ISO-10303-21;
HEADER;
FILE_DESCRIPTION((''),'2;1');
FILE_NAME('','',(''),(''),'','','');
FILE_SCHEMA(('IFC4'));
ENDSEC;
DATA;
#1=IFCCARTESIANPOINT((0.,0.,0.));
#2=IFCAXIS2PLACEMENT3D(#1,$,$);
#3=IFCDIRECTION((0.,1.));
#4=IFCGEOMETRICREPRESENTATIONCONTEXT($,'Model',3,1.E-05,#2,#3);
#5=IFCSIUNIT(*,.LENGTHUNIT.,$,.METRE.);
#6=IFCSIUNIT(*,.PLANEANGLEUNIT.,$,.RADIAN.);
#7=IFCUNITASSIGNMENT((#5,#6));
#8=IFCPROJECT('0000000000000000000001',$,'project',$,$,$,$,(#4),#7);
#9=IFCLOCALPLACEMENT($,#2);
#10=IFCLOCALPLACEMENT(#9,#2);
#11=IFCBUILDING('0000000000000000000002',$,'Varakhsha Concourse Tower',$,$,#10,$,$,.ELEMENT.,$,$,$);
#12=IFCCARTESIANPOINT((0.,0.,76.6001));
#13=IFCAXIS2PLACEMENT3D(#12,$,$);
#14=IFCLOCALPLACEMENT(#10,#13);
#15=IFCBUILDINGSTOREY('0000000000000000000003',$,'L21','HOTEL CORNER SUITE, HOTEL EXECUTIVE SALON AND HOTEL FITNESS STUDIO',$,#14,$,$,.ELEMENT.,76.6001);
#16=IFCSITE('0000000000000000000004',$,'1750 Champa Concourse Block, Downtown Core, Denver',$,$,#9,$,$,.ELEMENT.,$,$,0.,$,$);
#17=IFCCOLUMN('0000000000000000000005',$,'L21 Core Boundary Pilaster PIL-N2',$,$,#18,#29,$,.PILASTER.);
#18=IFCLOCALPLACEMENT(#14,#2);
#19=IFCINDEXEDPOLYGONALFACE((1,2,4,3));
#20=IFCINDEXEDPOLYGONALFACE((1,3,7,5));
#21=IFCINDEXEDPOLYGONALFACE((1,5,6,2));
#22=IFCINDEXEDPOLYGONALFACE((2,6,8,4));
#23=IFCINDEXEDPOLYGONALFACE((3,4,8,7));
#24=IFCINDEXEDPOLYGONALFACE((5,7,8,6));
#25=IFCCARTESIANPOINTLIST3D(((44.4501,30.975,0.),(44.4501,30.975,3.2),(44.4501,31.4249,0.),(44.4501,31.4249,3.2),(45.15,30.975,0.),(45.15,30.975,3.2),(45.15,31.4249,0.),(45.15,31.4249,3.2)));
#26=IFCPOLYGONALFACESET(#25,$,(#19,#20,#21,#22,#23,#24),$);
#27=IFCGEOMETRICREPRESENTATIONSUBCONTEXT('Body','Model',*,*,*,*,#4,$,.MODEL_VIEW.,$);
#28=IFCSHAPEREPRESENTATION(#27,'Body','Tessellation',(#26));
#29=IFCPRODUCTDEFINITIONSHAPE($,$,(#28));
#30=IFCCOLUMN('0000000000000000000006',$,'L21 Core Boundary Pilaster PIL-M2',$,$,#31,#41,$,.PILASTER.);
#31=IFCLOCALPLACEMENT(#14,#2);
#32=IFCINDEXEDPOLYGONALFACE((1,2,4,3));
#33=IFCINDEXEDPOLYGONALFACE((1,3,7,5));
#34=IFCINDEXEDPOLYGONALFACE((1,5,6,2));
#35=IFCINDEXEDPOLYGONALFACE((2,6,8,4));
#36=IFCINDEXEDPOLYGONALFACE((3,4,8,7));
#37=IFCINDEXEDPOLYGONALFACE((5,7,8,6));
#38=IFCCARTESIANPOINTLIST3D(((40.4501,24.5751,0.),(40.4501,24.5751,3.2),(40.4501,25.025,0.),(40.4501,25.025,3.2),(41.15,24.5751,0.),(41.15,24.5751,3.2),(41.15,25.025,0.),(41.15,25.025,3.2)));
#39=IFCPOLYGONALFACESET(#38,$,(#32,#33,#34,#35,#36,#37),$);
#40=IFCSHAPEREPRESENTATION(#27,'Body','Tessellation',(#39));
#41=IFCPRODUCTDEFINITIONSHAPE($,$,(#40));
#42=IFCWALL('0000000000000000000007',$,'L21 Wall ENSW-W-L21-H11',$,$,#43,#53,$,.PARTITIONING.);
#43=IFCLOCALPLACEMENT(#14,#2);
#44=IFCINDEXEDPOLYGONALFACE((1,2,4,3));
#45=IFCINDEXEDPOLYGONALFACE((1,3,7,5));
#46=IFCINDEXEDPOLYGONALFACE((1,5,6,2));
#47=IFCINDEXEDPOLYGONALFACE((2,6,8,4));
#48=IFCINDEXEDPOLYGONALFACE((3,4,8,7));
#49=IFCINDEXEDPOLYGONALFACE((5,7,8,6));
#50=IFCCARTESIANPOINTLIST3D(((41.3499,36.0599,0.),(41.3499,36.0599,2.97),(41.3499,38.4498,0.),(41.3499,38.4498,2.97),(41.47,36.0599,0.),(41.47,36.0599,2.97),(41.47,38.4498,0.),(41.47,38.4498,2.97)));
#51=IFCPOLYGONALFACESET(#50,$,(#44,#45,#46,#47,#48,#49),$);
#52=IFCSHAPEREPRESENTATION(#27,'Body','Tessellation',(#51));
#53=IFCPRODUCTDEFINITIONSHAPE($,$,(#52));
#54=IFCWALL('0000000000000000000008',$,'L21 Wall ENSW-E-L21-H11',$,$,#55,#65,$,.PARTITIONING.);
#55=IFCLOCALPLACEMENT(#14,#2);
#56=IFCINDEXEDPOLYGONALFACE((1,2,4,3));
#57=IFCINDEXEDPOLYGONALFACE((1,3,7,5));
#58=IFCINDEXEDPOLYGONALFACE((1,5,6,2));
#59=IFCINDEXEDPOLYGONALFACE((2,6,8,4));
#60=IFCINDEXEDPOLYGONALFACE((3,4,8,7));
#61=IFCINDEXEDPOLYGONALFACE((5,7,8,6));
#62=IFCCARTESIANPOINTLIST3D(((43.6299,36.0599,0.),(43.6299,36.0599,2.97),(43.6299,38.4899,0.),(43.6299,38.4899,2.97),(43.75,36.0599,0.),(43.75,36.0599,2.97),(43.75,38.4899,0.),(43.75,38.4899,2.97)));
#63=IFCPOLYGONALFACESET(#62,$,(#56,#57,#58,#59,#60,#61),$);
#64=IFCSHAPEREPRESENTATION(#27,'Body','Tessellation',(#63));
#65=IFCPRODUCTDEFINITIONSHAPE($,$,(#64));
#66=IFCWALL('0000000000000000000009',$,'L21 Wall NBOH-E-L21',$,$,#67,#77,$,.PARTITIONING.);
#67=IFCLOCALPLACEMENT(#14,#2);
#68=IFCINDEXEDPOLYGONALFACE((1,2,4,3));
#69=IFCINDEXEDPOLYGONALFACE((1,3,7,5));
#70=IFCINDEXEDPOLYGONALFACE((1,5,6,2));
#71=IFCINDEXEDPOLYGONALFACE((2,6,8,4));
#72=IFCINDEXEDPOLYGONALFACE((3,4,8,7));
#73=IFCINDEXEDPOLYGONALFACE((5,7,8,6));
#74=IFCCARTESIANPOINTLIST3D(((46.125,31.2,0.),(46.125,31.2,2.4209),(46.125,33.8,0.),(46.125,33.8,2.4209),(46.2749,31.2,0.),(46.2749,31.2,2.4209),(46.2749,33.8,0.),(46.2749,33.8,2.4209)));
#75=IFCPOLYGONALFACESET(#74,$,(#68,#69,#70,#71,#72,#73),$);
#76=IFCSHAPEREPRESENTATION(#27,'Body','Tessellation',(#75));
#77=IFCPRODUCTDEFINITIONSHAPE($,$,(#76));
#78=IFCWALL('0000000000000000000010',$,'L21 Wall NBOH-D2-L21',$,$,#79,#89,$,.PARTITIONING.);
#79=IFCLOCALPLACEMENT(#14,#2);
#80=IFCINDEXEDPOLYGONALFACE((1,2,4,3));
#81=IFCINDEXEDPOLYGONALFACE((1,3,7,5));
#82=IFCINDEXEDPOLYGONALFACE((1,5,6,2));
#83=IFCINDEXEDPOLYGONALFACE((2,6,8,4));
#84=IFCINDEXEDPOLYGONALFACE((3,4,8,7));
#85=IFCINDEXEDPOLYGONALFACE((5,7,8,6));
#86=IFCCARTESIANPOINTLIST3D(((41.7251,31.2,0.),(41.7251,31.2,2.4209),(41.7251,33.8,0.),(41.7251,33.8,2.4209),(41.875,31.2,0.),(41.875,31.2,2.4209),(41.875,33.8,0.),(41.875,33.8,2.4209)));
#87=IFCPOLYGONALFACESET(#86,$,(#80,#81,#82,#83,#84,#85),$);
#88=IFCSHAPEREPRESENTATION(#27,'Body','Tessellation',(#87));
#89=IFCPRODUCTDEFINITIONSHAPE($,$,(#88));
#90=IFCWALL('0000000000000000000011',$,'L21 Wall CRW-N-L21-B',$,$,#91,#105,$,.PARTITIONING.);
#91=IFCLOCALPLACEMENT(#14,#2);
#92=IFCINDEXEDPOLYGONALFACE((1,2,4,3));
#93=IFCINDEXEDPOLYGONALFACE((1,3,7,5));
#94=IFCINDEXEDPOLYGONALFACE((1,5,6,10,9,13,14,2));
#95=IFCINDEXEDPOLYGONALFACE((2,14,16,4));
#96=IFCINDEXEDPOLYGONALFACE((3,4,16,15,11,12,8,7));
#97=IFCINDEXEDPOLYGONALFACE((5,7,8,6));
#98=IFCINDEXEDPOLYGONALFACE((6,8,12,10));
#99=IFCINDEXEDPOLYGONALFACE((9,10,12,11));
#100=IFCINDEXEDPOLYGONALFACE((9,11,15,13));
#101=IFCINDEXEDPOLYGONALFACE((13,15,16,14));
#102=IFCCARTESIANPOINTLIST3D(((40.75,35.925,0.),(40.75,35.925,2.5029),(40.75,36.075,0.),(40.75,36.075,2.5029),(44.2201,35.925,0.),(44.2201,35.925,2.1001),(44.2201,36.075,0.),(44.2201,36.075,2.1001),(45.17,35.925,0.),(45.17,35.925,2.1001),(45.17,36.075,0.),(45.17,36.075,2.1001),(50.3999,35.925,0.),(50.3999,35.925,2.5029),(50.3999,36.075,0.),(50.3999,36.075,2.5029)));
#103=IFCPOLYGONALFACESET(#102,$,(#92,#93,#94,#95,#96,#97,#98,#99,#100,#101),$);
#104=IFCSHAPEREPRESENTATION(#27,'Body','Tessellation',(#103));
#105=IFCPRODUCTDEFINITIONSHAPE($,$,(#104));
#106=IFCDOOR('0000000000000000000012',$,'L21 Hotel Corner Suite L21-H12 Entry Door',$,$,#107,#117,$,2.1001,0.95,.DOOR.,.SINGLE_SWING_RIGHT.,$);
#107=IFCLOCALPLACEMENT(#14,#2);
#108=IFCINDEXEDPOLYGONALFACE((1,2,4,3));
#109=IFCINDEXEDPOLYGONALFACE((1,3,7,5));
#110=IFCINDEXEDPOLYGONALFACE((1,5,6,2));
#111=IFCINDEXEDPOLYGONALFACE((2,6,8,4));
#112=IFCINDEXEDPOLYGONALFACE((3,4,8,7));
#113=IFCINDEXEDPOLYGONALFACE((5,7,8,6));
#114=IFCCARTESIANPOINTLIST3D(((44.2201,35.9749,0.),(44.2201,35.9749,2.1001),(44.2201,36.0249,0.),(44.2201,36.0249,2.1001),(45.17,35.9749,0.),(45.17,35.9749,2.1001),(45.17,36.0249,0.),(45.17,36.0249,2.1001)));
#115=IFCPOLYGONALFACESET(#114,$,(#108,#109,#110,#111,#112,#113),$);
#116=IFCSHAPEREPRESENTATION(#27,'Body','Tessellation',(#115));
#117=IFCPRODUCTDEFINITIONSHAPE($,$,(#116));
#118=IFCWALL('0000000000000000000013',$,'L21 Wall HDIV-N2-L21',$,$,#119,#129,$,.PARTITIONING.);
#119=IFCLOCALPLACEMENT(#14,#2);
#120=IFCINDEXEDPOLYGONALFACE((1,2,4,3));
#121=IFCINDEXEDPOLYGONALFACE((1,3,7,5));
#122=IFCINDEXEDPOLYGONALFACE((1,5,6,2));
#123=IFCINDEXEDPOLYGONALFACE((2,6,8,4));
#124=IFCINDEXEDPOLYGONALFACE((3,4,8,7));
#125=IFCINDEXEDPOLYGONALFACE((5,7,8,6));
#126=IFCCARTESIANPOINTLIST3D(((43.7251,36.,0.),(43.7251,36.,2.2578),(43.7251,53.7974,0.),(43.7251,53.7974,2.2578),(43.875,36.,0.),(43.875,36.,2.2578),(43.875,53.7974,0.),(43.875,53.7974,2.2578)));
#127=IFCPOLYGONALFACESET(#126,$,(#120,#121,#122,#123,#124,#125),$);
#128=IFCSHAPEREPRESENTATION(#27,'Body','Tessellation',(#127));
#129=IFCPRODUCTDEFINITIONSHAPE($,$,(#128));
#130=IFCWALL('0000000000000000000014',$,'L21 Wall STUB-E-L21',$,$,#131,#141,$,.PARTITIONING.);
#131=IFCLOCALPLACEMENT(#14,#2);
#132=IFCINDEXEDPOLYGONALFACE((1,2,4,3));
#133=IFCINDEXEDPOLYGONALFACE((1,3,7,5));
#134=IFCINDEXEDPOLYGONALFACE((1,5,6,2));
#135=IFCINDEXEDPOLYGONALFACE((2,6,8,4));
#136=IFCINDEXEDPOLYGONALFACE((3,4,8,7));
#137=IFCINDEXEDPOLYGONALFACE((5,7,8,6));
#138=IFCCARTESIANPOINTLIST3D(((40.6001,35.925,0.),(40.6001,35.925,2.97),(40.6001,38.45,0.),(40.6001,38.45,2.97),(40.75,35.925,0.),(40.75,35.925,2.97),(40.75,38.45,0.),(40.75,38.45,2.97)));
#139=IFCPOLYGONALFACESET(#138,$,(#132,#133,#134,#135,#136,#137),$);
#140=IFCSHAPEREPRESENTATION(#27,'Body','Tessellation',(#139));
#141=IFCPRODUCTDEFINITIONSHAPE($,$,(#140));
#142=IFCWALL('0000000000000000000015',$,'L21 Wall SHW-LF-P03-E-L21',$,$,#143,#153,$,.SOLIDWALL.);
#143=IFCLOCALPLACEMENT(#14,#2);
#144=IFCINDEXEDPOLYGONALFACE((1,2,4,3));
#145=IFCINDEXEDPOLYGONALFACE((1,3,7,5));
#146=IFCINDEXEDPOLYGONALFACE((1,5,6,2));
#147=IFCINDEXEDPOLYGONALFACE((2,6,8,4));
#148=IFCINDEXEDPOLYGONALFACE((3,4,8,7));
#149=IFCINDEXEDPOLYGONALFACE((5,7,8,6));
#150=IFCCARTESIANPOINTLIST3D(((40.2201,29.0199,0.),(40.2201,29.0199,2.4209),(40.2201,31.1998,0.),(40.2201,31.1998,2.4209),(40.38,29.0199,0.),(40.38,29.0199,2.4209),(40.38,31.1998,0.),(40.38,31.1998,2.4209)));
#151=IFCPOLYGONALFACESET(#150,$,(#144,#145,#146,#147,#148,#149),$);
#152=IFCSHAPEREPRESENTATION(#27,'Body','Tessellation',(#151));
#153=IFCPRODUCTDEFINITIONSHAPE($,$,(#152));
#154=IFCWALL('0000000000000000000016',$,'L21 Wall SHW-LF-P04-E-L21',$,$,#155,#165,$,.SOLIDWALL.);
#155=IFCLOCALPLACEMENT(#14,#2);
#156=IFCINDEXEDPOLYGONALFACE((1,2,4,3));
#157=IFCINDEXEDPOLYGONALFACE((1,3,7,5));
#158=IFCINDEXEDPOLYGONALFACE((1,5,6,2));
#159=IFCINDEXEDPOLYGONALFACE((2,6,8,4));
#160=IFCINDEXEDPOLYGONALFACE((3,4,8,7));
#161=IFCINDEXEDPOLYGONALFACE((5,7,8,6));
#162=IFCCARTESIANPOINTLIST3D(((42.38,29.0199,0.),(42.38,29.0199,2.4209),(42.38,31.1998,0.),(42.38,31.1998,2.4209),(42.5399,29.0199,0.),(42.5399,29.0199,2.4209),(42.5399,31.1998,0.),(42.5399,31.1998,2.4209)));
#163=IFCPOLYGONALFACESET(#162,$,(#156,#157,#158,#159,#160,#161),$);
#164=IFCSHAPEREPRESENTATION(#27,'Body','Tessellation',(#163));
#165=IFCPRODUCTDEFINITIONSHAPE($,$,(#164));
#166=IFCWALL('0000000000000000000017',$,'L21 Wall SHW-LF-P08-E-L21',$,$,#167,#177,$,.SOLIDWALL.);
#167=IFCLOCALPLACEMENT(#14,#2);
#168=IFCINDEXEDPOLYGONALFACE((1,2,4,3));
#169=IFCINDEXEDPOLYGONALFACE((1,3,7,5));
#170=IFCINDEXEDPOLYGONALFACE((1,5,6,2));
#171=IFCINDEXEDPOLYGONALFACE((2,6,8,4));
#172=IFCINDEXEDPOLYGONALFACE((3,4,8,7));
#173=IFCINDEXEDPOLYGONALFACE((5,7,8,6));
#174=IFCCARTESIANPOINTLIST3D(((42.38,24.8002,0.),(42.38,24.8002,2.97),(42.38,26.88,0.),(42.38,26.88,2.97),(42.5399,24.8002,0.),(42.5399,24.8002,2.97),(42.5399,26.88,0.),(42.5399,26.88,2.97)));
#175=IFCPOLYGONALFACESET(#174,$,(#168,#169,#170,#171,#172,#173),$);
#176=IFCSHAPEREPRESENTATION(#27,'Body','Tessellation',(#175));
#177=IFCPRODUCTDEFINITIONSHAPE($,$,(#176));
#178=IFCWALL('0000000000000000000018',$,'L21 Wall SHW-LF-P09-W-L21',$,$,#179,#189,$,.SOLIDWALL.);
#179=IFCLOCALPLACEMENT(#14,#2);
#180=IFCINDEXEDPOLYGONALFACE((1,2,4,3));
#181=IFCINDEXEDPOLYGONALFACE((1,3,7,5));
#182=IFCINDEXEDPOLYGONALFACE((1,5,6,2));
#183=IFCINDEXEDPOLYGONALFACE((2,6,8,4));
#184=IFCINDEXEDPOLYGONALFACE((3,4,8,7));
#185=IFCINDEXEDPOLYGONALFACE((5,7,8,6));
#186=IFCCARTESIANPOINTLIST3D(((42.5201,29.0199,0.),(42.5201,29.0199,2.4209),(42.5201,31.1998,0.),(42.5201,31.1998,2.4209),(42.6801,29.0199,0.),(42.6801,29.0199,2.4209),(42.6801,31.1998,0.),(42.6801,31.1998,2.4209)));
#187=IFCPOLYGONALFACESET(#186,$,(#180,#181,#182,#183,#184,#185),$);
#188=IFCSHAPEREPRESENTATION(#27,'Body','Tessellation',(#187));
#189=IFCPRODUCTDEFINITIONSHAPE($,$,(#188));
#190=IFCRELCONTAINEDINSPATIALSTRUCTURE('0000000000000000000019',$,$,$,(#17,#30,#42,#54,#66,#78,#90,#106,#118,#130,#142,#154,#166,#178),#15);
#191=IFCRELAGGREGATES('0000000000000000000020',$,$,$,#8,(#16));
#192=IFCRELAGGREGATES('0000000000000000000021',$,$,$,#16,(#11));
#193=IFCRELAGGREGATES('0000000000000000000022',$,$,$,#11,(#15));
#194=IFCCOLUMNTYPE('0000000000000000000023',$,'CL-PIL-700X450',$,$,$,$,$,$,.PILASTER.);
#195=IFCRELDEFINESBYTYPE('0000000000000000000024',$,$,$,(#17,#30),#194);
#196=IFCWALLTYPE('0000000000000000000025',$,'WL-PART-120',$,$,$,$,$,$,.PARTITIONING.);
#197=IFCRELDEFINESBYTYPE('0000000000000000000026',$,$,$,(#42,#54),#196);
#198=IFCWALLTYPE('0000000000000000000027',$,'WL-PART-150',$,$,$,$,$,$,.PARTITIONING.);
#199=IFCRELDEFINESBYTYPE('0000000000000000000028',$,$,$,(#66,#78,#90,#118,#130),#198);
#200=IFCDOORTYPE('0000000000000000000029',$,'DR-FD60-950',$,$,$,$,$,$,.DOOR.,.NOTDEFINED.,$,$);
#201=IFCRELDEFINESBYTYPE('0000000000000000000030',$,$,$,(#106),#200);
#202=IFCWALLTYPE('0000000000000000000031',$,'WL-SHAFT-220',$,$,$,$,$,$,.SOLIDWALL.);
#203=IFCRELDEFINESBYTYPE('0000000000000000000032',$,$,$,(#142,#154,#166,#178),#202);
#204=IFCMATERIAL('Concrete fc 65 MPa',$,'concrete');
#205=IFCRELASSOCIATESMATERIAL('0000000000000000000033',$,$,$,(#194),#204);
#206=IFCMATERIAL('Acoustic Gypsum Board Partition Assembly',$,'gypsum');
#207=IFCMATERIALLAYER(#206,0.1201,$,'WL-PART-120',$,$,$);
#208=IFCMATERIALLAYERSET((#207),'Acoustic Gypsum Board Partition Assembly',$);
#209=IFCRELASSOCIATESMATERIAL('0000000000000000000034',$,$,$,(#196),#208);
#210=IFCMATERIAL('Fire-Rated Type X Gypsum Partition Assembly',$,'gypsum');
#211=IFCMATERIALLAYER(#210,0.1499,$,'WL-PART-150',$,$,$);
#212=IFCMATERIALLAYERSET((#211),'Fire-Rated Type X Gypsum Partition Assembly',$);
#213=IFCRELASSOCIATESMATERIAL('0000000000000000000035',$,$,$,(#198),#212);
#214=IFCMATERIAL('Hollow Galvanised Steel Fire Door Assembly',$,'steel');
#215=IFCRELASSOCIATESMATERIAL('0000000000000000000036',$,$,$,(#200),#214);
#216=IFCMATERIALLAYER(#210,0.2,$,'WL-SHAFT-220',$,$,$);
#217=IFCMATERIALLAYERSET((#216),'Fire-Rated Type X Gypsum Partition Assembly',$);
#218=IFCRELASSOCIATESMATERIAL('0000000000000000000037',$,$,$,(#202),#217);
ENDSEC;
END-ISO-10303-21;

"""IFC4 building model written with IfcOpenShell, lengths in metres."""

from ifc_helpers import new_model, si_unit, direction, frame, frame_2d, origin, origin_2d, place, context, subcontext, project, spatial, rectangle, extrude, material, layer, layer_set, material_profile, profile_set, type_object, element, fill, save


model = new_model("IFC4")

# Units and contexts
model_context = context("Model", 3, precision=1e-05, world=origin(), true_north=direction((0.0, 1.0)))
body_context = subcontext(model_context, "Body", "Model", "MODEL_VIEW")
ifc_project = project(units=[si_unit("LENGTHUNIT", "METRE"), si_unit("PLANEANGLEUNIT", "RADIAN")], contexts=[model_context])

# Site, building, storey
site_placement = place(None, origin())
site = spatial("IfcSite", under=ifc_project, at=site_placement, Name="1750 Champa Concourse Block, Downtown Core, Denver", CompositionType="ELEMENT", RefElevation=0.0)
building_placement = place(site_placement, origin())
building = spatial("IfcBuilding", under=site, at=building_placement, Name="Varakhsha Concourse Tower", CompositionType="ELEMENT")
storey_placement = place(building_placement, frame((0.0, 0.0, 76.6001)))
storey = spatial("IfcBuildingStorey", under=building, at=storey_placement, Name="L21", Description="HOTEL CORNER SUITE, HOTEL EXECUTIVE SALON AND HOTEL FITNESS STUDIO", CompositionType="ELEMENT", Elevation=76.6001)

# Columns
ifc_material_1 = material(Name="Concrete fc 65 MPa", Category="concrete")
ifc_material_profile = material_profile(ifc_material_1, rectangle(XDim=0.7, YDim=0.45, at=origin_2d()), Name="RC 700x450")
ifc_profile_set = profile_set([ifc_material_profile], Name="Concrete fc 65 MPa")
column_type = type_object("IfcColumnType", Name="CL-PIL-700X450", PredefinedType="PILASTER", material=ifc_profile_set)
for number, where, z_axis, x_axis, name in (
    (1, (44.8, 31.2, 0.0), (0.0, 0.0, 1.0), (1.0, 0.0, 0.0), "L21 Core Boundary Pilaster PIL-N2"),
    (2, (40.8, 24.8, 0.0), (0.0, 0.0, 1.0), (1.0, 0.0, 0.0), "L21 Core Boundary Pilaster PIL-M2"),
):
    element("IfcColumn", number, at=place(storey_placement, frame(where, z_axis=z_axis, x_axis=x_axis)), inside=storey, type_object=column_type, Name=name, PredefinedType="PILASTER", context=body_context, shape_type="SweptSolid", body=[
        extrude(rectangle(XDim=0.7, YDim=0.45, at=origin_2d()), origin(), (0.0, 0.0, 1.0), 3.2),
    ])

# Walls
ifc_material_2 = material(Name="Acoustic Gypsum Board Partition Assembly", Category="gypsum")
ifc_layer_1 = layer(ifc_material_2, 0.1201, Name="WL-PART-120")
ifc_layer_set_1 = layer_set([ifc_layer_1], Name="Acoustic Gypsum Board Partition Assembly")
wall_type_1 = type_object("IfcWallType", Name="WL-PART-120", PredefinedType="PARTITIONING", material=ifc_layer_set_1)
wall_1_placement = place(storey_placement, frame((41.4099, 36.0601, 0.0), z_axis=(0.0, 0.0, 1.0), x_axis=(0.0, 1.0, 0.0)))
element("IfcWall", 3, at=wall_1_placement, inside=storey, type_object=wall_type_1, Name="L21 Wall ENSW-W-L21-H11", PredefinedType="PARTITIONING", context=body_context, shape_type="SweptSolid", body=[
    extrude(rectangle(XDim=2.3899, YDim=0.1201, at=frame_2d((1.1948, 0.0))), origin(), (0.0, 0.0, 1.0), 2.97),
])
wall_2_placement = place(storey_placement, frame((43.6899, 36.0601, 0.0), z_axis=(0.0, 0.0, 1.0), x_axis=(0.0, 1.0, 0.0)))
element("IfcWall", 4, at=wall_2_placement, inside=storey, type_object=wall_type_1, Name="L21 Wall ENSW-E-L21-H11", PredefinedType="PARTITIONING", context=body_context, shape_type="SweptSolid", body=[
    extrude(rectangle(XDim=2.4299, YDim=0.1201, at=frame_2d((1.2148, 0.0))), origin(), (0.0, 0.0, 1.0), 2.97),
])
ifc_material_3 = material(Name="Fire-Rated Type X Gypsum Partition Assembly", Category="gypsum")
ifc_layer_2 = layer(ifc_material_3, 0.1499, Name="WL-PART-150")
ifc_layer_set_2 = layer_set([ifc_layer_2], Name="Fire-Rated Type X Gypsum Partition Assembly")
wall_type_2 = type_object("IfcWallType", Name="WL-PART-150", PredefinedType="PARTITIONING", material=ifc_layer_set_2)
for number, where, z_axis, x_axis, name in (
    (5, (46.2, 31.2, 0.0), (0.0, 0.0, 1.0), (0.0, 1.0, 0.0), "L21 Wall NBOH-E-L21"),
    (6, (41.8, 31.2, 0.0), (0.0, 0.0, 1.0), (0.0, 1.0, 0.0), "L21 Wall NBOH-D2-L21"),
):
    element("IfcWall", number, at=place(storey_placement, frame(where, z_axis=z_axis, x_axis=x_axis)), inside=storey, type_object=wall_type_2, Name=name, PredefinedType="PARTITIONING", context=body_context, shape_type="SweptSolid", body=[
        extrude(rectangle(XDim=2.6001, YDim=0.1499, at=frame_2d((1.3, 0.0))), origin(), (0.0, 0.0, 1.0), 2.4209),
    ])

# Wall, opening, door
wall_3_placement = place(storey_placement, frame((40.75, 36.0, 0.0), z_axis=(0.0, 0.0, 1.0), x_axis=(1.0, 0.0, 0.0)))
wall_3 = element("IfcWall", 7, at=wall_3_placement, inside=storey, type_object=wall_type_2, Name="L21 Wall CRW-N-L21-B", PredefinedType="PARTITIONING", context=body_context, shape_type="SweptSolid", body=[
    extrude(rectangle(XDim=9.6499, YDim=0.1499, at=frame_2d((4.825, 0.0))), origin(), (0.0, 0.0, 1.0), 2.5029),
])
opening_placement = place(wall_3_placement, frame((3.47, 0.0, 0.0)))
opening = element("IfcOpeningElement", 8, at=opening_placement, cuts=wall_3, PredefinedType="OPENING", context=body_context, shape_type="SweptSolid", body=[
    extrude(rectangle(XDim=0.95, YDim=2.1001, at=frame_2d((0.4751, 1.05))), frame((0.0, 0.085, 0.0), z_axis=(0.0, -1.0, 0.0), x_axis=(1.0, 0.0, 0.0)), (0.0, 0.0, 1.0), 0.1699),
])
ifc_material_4 = material(Name="Hollow Galvanised Steel Fire Door Assembly", Category="steel")
door_type = type_object("IfcDoorType", Name="DR-FD60-950", OperationType="NOTDEFINED", PredefinedType="DOOR", material=ifc_material_4)
door_placement = place(opening_placement, origin())
door = element("IfcDoor", 9, at=door_placement, inside=storey, type_object=door_type, Name="L21 Hotel Corner Suite L21-H12 Entry Door", OperationType="SINGLE_SWING_RIGHT", OverallHeight=2.1001, OverallWidth=0.95, PredefinedType="DOOR", context=body_context, shape_type="SweptSolid", body=[
    extrude(rectangle(XDim=0.95, YDim=2.1001, at=frame_2d((0.4751, 1.05))), frame((0.0, 0.0249, 0.0), z_axis=(0.0, -1.0, 0.0), x_axis=(1.0, 0.0, 0.0)), (0.0, 0.0, 1.0), 0.05),
])
fill(opening, door)

# Walls
wall_4_placement = place(storey_placement, frame((43.8, 36.0, 0.0), z_axis=(0.0, 0.0, 1.0), x_axis=(0.0, 1.0, 0.0)))
element("IfcWall", 10, at=wall_4_placement, inside=storey, type_object=wall_type_2, Name="L21 Wall HDIV-N2-L21", PredefinedType="PARTITIONING", context=body_context, shape_type="SweptSolid", body=[
    extrude(rectangle(XDim=17.7974, YDim=0.1499, at=frame_2d((8.8987, 0.0))), origin(), (0.0, 0.0, 1.0), 2.2578),
])
wall_5_placement = place(storey_placement, frame((40.675, 35.925, 0.0), z_axis=(0.0, 0.0, 1.0), x_axis=(0.0, 1.0, 0.0)))
element("IfcWall", 11, at=wall_5_placement, inside=storey, type_object=wall_type_2, Name="L21 Wall STUB-E-L21", PredefinedType="PARTITIONING", context=body_context, shape_type="SweptSolid", body=[
    extrude(rectangle(XDim=2.5249, YDim=0.1499, at=frame_2d((1.2625, 0.0))), origin(), (0.0, 0.0, 1.0), 2.97),
])
ifc_layer_3 = layer(ifc_material_3, 0.2, Name="WL-SHAFT-220")
ifc_layer_set_3 = layer_set([ifc_layer_3], Name="Fire-Rated Type X Gypsum Partition Assembly")
wall_type_3 = type_object("IfcWallType", Name="WL-SHAFT-220", PredefinedType="SOLIDWALL", material=ifc_layer_set_3)
for number, where, z_axis, x_axis, name in (
    (12, (40.3, 29.02, 0.0), (0.0, 0.0, 1.0), (0.0, 1.0, 0.0), "L21 Wall SHW-LF-P03-E-L21"),
    (13, (42.46, 29.02, 0.0), (0.0, 0.0, 1.0), (0.0, 1.0, 0.0), "L21 Wall SHW-LF-P04-E-L21"),
):
    element("IfcWall", number, at=place(storey_placement, frame(where, z_axis=z_axis, x_axis=x_axis)), inside=storey, type_object=wall_type_3, Name=name, PredefinedType="SOLIDWALL", context=body_context, shape_type="SweptSolid", body=[
        extrude(rectangle(XDim=2.1799, YDim=0.1599, at=frame_2d((1.0898, 0.0))), origin(), (0.0, 0.0, 1.0), 2.4209),
    ])
wall_6_placement = place(storey_placement, frame((42.46, 24.8, 0.0), z_axis=(0.0, 0.0, 1.0), x_axis=(0.0, 1.0, 0.0)))
element("IfcWall", 14, at=wall_6_placement, inside=storey, type_object=wall_type_3, Name="L21 Wall SHW-LF-P08-E-L21", PredefinedType="SOLIDWALL", context=body_context, shape_type="SweptSolid", body=[
    extrude(rectangle(XDim=2.0798, YDim=0.1599, at=frame_2d((1.04, 0.0))), origin(), (0.0, 0.0, 1.0), 2.97),
])
for number, where, z_axis, x_axis, name in (
    (15, (42.6001, 29.02, 0.0), (0.0, 0.0, 1.0), (0.0, 1.0, 0.0), "L21 Wall SHW-LF-P09-W-L21"),
):
    element("IfcWall", number, at=place(storey_placement, frame(where, z_axis=z_axis, x_axis=x_axis)), inside=storey, type_object=wall_type_3, Name=name, PredefinedType="SOLIDWALL", context=body_context, shape_type="SweptSolid", body=[
        extrude(rectangle(XDim=2.1799, YDim=0.1599, at=frame_2d((1.0898, 0.0))), origin(), (0.0, 0.0, 1.0), 2.4209),
    ])

save(model, "model.ifc")
